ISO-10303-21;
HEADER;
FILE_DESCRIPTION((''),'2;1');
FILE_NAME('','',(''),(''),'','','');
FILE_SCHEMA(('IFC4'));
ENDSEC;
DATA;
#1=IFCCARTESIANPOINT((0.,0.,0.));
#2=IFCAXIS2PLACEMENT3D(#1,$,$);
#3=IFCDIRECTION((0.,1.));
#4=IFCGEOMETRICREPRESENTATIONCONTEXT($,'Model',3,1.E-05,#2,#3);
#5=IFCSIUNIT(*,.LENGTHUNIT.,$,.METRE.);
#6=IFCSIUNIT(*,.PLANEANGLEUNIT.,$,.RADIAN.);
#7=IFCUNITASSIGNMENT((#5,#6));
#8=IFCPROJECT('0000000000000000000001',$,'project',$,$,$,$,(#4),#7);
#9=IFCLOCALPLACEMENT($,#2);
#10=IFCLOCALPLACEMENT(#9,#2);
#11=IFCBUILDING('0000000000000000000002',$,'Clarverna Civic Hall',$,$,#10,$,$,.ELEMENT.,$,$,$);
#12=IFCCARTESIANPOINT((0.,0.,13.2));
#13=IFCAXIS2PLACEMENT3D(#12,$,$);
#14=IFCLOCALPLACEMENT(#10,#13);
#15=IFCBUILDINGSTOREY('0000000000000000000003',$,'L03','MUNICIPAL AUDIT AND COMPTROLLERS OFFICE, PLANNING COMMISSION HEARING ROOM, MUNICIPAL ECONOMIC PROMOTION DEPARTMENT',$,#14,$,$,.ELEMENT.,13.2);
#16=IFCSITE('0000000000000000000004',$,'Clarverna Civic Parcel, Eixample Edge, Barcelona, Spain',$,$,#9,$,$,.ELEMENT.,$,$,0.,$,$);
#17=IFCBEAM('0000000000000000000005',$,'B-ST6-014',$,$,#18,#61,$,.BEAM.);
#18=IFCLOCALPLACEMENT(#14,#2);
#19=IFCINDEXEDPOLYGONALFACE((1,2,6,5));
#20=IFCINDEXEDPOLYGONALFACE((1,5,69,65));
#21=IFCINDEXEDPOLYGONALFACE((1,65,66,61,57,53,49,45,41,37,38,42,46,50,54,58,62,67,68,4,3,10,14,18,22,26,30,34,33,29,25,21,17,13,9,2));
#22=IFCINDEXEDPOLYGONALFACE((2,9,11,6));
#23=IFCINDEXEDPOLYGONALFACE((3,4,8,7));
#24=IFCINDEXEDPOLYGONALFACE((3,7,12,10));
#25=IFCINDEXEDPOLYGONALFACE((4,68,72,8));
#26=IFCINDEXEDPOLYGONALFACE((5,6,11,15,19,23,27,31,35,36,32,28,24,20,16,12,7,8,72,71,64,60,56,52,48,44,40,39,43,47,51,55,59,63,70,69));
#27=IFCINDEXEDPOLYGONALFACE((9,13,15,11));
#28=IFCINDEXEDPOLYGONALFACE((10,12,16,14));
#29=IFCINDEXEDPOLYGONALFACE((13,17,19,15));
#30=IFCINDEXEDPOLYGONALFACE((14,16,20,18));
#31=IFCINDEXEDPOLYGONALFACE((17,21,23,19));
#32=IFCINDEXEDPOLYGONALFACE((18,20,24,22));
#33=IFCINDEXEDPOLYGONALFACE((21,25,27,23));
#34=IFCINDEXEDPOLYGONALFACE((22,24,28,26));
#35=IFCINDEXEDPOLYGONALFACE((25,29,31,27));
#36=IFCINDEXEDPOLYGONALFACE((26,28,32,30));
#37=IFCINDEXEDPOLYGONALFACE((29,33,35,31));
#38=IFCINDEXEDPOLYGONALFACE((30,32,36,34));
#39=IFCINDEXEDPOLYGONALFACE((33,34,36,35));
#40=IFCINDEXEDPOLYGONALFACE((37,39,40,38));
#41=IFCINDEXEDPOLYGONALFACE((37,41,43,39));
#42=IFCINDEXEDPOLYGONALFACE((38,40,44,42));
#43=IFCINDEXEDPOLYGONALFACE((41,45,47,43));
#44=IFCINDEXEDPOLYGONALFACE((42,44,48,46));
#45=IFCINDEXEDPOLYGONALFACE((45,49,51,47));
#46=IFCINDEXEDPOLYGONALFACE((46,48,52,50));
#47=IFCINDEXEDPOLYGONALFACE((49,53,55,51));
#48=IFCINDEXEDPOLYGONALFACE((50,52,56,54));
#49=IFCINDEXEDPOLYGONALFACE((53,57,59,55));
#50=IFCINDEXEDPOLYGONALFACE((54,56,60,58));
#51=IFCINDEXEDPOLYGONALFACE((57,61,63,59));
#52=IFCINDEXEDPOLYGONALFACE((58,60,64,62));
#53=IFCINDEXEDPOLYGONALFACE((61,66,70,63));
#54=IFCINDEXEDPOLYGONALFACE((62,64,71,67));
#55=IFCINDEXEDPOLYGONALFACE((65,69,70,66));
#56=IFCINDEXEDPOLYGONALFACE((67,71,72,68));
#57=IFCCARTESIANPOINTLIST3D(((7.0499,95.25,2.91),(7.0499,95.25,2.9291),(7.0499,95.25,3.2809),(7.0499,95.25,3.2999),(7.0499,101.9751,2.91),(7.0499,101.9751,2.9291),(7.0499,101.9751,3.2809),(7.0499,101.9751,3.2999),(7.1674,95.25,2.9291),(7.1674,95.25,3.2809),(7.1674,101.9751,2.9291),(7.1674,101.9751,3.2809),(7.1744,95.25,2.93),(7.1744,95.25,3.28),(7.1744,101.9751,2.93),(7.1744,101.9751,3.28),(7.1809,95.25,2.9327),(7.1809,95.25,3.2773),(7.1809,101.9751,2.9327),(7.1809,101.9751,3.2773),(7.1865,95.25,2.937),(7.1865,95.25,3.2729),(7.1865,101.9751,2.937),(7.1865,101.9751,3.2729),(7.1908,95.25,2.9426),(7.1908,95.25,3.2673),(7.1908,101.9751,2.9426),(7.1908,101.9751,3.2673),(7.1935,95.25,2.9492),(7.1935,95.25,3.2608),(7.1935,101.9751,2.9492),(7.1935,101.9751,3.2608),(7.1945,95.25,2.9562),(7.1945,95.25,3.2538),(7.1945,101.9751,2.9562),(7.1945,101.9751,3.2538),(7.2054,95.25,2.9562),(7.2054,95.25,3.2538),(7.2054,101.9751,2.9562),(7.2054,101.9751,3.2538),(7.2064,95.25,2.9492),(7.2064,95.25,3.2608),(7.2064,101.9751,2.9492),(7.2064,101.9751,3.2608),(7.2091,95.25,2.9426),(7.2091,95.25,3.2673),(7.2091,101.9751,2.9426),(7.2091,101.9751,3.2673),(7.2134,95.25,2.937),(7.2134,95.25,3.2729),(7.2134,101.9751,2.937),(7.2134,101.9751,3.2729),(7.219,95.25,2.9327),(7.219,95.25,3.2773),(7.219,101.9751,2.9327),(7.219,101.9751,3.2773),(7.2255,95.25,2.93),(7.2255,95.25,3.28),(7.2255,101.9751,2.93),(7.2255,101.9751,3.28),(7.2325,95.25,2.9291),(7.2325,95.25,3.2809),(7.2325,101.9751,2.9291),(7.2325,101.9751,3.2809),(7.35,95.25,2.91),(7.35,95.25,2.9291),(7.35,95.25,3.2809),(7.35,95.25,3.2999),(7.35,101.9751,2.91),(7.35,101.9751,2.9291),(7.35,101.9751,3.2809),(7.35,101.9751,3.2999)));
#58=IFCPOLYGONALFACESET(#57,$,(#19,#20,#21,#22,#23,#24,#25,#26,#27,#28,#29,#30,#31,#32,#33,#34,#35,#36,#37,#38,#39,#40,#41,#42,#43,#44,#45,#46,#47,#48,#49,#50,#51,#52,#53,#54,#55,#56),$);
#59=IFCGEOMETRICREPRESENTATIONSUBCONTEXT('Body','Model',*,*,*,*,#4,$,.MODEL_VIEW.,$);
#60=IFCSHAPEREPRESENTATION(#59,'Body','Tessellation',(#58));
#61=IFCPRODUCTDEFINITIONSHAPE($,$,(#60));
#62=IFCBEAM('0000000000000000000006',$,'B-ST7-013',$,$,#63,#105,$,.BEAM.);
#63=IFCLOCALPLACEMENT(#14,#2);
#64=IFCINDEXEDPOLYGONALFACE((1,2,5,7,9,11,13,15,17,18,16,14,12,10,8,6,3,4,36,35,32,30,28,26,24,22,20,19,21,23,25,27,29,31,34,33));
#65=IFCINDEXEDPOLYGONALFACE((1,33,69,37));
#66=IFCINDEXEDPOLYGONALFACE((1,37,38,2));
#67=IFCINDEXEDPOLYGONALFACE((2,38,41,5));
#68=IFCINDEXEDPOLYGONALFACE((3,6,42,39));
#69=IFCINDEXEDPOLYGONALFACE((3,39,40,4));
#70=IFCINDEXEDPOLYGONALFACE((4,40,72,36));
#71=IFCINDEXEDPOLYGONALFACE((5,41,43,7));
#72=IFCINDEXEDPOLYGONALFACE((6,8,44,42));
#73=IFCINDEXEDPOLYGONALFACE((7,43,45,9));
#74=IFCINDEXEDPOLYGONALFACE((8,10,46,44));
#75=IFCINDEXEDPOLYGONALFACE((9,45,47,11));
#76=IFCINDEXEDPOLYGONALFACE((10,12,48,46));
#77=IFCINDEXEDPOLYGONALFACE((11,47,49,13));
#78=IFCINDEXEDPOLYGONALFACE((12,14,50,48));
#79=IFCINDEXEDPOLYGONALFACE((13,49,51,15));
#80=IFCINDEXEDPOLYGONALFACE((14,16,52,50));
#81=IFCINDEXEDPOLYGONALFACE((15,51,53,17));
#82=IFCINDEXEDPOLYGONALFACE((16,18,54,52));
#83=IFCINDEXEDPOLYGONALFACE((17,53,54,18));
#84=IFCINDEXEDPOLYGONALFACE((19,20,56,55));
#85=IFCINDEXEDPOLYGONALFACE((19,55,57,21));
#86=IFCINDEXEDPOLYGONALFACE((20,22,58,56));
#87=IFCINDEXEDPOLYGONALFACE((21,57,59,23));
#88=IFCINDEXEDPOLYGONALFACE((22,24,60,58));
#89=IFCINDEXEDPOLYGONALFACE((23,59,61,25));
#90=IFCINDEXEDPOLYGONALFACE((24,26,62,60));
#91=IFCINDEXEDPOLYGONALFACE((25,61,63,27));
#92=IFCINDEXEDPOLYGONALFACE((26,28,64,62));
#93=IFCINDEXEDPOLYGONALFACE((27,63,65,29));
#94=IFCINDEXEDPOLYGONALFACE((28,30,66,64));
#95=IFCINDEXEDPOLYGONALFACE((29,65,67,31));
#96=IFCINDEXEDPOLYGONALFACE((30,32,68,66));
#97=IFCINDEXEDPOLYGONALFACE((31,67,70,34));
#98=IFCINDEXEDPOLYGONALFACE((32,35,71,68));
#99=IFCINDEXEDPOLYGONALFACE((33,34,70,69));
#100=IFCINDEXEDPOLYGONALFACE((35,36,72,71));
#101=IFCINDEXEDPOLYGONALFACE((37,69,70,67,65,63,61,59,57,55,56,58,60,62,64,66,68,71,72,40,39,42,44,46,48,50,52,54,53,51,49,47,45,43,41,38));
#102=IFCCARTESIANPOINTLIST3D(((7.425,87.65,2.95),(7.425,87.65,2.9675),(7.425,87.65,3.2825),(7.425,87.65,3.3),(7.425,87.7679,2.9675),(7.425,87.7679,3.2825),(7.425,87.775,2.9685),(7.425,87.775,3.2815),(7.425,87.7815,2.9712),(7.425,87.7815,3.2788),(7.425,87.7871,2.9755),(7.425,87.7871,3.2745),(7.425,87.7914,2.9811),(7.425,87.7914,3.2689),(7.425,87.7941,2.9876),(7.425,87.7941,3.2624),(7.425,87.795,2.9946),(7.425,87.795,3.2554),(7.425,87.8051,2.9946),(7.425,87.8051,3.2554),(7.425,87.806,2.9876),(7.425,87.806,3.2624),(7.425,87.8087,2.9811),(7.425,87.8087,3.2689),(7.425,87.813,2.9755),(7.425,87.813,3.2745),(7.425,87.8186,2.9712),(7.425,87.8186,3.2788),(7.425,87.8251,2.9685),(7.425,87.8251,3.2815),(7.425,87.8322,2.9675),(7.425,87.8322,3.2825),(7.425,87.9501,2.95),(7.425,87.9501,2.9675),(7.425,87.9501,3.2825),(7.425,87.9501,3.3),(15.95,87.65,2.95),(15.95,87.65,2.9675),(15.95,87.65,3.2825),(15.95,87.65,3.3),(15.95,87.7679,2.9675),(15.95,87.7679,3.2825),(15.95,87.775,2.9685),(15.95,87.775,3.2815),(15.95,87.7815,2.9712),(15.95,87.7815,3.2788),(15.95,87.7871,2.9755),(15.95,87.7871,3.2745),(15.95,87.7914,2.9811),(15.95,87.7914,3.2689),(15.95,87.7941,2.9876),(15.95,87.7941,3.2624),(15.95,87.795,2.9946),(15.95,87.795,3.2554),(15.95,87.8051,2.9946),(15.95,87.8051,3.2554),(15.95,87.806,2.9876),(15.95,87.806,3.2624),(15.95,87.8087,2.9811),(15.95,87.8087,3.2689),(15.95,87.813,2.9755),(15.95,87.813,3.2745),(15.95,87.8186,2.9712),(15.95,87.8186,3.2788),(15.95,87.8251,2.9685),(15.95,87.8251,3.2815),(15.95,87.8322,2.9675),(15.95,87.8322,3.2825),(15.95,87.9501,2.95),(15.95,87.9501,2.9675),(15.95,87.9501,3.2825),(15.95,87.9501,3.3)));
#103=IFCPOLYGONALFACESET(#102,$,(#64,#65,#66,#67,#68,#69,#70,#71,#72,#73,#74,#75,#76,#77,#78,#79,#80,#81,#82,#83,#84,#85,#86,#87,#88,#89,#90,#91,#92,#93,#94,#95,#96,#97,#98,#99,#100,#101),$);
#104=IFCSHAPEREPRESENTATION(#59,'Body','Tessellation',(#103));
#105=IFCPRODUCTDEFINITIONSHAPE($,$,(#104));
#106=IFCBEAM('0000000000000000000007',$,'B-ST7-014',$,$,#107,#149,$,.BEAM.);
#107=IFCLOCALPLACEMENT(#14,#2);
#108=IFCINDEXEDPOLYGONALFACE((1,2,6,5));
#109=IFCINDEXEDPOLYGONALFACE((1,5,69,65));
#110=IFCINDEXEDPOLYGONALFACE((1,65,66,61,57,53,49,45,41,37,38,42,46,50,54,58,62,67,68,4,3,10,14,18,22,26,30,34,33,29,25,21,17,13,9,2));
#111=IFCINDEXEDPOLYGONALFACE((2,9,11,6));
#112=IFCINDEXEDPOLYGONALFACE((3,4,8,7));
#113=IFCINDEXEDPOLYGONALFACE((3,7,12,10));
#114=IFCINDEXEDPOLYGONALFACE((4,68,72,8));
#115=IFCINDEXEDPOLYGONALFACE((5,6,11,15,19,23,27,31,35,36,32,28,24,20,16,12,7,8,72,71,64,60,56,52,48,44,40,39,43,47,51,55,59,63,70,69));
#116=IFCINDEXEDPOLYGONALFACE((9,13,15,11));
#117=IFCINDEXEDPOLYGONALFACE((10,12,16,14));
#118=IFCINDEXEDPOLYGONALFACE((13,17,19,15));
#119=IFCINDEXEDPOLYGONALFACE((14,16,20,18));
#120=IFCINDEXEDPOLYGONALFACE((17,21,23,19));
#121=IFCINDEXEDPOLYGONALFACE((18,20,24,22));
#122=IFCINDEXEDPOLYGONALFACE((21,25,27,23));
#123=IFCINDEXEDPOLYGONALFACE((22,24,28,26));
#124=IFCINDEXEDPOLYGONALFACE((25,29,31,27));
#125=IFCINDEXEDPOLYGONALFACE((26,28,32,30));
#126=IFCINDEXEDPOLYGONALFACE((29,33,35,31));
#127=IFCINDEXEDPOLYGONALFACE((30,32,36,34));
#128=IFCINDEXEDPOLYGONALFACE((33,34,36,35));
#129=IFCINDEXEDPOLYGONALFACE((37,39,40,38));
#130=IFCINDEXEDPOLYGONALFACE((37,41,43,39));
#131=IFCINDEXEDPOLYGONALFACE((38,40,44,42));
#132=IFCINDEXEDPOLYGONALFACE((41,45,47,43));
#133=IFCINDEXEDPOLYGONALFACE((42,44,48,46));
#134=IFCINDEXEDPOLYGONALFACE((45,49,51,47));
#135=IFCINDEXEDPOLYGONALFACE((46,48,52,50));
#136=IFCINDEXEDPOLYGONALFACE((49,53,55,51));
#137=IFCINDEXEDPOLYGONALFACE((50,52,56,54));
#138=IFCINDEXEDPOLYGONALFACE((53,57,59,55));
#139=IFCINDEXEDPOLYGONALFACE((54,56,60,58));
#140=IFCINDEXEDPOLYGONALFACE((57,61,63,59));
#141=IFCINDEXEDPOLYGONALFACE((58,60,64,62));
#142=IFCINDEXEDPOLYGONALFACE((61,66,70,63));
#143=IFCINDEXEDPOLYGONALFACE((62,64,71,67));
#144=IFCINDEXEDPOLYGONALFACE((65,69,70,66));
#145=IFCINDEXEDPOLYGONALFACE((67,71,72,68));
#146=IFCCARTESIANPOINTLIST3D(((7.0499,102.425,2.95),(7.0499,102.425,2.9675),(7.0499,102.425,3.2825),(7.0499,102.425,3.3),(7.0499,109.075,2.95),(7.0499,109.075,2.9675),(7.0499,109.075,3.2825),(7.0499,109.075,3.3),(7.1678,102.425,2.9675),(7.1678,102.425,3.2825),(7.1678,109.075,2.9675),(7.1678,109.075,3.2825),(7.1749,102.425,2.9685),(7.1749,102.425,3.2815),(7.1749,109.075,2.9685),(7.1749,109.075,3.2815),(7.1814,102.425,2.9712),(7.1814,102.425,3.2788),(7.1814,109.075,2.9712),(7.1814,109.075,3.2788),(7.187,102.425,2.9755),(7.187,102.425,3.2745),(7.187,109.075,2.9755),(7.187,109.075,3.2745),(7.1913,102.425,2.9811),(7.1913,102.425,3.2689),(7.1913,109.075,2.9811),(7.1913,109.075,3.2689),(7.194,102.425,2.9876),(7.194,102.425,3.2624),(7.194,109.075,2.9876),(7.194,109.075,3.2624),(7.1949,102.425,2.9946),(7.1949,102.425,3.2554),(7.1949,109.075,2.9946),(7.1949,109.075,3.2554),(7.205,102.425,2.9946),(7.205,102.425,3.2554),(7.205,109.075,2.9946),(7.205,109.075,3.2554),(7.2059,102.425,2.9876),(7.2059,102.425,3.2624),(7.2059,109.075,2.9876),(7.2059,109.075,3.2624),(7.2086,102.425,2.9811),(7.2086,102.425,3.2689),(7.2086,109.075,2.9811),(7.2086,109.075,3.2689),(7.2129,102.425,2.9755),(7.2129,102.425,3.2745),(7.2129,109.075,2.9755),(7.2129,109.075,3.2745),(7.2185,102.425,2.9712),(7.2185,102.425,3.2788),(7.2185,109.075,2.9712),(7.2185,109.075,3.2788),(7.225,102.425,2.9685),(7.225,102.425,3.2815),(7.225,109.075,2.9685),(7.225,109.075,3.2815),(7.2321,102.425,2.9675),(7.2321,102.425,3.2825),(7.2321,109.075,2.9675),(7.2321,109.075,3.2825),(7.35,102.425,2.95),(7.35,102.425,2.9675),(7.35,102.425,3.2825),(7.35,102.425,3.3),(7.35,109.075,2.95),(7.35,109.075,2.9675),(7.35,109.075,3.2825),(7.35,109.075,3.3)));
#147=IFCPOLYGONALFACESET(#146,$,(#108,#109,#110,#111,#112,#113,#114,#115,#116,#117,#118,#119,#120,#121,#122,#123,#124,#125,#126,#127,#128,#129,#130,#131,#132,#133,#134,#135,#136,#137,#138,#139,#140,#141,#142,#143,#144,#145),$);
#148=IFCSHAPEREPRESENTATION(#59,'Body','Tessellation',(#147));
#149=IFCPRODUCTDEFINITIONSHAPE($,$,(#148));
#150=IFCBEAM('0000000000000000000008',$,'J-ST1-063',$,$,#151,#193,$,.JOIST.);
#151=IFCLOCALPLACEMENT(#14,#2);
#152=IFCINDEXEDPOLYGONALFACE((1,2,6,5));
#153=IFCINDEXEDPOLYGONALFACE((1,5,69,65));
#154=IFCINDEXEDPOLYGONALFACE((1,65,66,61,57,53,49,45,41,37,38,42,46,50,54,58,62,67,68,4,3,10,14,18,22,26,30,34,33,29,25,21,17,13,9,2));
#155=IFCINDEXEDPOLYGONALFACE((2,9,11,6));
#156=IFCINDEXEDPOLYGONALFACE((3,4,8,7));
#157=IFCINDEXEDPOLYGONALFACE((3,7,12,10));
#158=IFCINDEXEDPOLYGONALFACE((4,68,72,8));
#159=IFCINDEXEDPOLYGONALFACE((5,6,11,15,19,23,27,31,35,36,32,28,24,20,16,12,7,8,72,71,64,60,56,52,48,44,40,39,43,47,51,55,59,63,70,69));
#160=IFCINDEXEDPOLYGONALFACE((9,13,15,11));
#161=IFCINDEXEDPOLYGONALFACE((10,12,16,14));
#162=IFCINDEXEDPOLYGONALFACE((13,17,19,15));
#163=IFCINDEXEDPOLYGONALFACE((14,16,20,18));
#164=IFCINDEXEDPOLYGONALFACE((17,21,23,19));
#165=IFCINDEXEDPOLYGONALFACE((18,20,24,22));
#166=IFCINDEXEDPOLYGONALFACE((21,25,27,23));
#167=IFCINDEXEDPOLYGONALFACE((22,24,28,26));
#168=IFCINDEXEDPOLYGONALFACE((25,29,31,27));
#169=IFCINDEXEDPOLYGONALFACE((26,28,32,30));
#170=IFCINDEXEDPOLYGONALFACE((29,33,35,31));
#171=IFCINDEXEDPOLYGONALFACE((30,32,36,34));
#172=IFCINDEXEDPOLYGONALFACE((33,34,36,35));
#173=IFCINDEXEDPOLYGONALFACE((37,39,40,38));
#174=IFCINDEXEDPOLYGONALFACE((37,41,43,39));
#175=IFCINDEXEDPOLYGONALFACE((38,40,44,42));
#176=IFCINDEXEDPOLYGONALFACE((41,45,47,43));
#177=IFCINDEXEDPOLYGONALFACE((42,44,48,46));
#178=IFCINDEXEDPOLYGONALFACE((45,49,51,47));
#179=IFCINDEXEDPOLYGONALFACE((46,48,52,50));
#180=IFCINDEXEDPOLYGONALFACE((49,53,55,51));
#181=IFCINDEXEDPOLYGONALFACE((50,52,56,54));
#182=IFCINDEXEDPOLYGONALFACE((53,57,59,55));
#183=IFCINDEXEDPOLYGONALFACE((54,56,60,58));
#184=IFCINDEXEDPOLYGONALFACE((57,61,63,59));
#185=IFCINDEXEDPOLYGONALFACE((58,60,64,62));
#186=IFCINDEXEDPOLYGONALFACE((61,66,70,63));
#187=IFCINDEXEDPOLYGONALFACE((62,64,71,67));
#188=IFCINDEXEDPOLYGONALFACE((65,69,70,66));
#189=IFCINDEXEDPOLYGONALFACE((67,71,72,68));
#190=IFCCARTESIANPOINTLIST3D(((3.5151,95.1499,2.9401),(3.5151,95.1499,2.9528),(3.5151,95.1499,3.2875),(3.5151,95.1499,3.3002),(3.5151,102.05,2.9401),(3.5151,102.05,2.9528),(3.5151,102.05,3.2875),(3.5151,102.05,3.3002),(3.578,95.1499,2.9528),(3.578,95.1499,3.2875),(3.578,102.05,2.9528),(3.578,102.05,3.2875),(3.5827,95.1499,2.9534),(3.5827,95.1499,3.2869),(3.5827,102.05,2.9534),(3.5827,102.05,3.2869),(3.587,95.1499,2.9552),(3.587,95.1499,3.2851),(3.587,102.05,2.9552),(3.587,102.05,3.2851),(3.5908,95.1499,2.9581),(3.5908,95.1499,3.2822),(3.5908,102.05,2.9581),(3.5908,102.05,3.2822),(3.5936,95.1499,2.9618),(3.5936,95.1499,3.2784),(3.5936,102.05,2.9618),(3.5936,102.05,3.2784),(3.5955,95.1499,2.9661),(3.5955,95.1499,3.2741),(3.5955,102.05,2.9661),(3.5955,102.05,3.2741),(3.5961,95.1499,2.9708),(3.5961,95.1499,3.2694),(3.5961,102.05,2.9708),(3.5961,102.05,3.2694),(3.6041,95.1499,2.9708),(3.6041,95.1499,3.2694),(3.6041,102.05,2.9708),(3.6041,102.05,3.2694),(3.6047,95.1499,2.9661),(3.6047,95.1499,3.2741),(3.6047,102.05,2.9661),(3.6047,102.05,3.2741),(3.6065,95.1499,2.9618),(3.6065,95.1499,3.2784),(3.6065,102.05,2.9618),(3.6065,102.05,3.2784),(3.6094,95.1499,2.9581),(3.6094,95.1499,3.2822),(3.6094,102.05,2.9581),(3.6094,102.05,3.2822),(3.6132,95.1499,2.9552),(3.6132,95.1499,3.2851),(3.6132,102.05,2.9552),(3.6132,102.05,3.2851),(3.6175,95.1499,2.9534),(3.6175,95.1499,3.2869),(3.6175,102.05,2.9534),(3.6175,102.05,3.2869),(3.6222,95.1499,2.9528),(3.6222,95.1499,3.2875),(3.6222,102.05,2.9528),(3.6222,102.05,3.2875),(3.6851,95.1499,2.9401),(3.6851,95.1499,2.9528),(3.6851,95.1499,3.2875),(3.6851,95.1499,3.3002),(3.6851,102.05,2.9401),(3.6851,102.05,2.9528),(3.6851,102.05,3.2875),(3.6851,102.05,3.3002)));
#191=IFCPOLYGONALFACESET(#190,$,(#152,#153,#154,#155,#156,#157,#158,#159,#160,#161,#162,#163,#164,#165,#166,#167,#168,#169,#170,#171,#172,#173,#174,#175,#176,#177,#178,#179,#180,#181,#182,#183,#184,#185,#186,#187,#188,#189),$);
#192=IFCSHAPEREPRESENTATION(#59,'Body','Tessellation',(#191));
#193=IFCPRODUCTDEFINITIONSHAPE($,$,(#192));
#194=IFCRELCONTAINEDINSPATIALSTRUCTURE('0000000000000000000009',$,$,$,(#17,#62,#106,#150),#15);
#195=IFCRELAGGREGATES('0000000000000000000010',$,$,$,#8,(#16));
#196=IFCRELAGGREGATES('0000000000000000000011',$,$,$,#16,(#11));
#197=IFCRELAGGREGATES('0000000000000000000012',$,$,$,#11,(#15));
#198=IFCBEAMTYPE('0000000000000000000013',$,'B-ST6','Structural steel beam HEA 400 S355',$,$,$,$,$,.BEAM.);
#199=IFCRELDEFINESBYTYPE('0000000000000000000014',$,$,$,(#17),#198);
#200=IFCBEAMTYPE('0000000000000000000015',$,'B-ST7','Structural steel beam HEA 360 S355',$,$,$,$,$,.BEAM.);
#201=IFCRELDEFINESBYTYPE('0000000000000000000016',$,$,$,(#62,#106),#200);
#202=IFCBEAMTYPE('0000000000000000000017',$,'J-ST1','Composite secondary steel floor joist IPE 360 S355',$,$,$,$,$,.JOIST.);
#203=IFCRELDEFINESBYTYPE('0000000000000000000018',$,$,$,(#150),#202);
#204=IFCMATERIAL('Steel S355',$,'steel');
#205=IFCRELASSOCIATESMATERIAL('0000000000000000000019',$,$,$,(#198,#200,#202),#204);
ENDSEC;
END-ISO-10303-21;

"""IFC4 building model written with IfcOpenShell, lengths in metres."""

from ifc_helpers import new_model, si_unit, direction, frame, origin, origin_2d, place, context, subcontext, project, spatial, i_section, extrude, material, material_profile, profile_set, type_object, element, save


model = new_model("IFC4")

# Units and contexts
model_context = context("Model", 3, precision=1e-05, world=origin(), true_north=direction((0.0, 1.0)))
body_context = subcontext(model_context, "Body", "Model", "MODEL_VIEW")
ifc_project = project(units=[si_unit("LENGTHUNIT", "METRE"), si_unit("PLANEANGLEUNIT", "RADIAN")], contexts=[model_context])

# Site, building, storey
site_placement = place(None, origin())
site = spatial("IfcSite", under=ifc_project, at=site_placement, Name="Clarverna Civic Parcel, Eixample Edge, Barcelona, Spain", CompositionType="ELEMENT", RefElevation=0.0)
building_placement = place(site_placement, origin())
building = spatial("IfcBuilding", under=site, at=building_placement, Name="Clarverna Civic Hall", CompositionType="ELEMENT")
storey_placement = place(building_placement, frame((0.0, 0.0, 13.2)))
storey = spatial("IfcBuildingStorey", under=building, at=storey_placement, Name="L03", Description="MUNICIPAL AUDIT AND COMPTROLLERS OFFICE, PLANNING COMMISSION HEARING ROOM, MUNICIPAL ECONOMIC PROMOTION DEPARTMENT", CompositionType="ELEMENT", Elevation=13.2)

# Beams
ifc_material_1 = material(Name="Steel S355", Category="steel")
ifc_material_profile_1 = material_profile(ifc_material_1, i_section(OverallWidth=0.3, OverallDepth=0.3899, WebThickness=0.011, FlangeThickness=0.019, FilletRadius=0.0271, at=origin_2d()), Name="HEA 400")
ifc_profile_set_1 = profile_set([ifc_material_profile_1], Name="Steel S355")
beam_type_1 = type_object("IfcBeamType", Name="B-ST6", Description="Structural steel beam HEA 400 S355", PredefinedType="BEAM", material=ifc_profile_set_1)
beam_1_placement = place(storey_placement, frame((7.2, 95.25, 3.105), z_axis=(0.0, 1.0, 0.0), x_axis=(-1.0, 0.0, 0.0)))
element("IfcBeam", 1, at=beam_1_placement, inside=storey, type_object=beam_type_1, Name="B-ST6-014", PredefinedType="BEAM", context=body_context, shape_type="SweptSolid", body=[
    extrude(i_section(OverallWidth=0.3, OverallDepth=0.3899, WebThickness=0.011, FlangeThickness=0.019, FilletRadius=0.0271, at=origin_2d()), origin(), (0.0, 0.0, 1.0), 6.7251),
])
ifc_material_profile_2 = material_profile(ifc_material_1, i_section(OverallWidth=0.3, OverallDepth=0.3501, WebThickness=0.01, FlangeThickness=0.0176, FilletRadius=0.0271, at=origin_2d()), Name="HEA 360")
ifc_profile_set_2 = profile_set([ifc_material_profile_2], Name="Steel S355")
beam_type_2 = type_object("IfcBeamType", Name="B-ST7", Description="Structural steel beam HEA 360 S355", PredefinedType="BEAM", material=ifc_profile_set_2)
beam_2_placement = place(storey_placement, frame((7.425, 87.8, 3.125), z_axis=(1.0, 0.0, 0.0), x_axis=(0.0, 1.0, 0.0)))
element("IfcBeam", 2, at=beam_2_placement, inside=storey, type_object=beam_type_2, Name="B-ST7-013", PredefinedType="BEAM", context=body_context, shape_type="SweptSolid", body=[
    extrude(i_section(OverallWidth=0.3, OverallDepth=0.3501, WebThickness=0.01, FlangeThickness=0.0176, FilletRadius=0.0271, at=origin_2d()), origin(), (0.0, 0.0, 1.0), 8.5249),
])
beam_3_placement = place(storey_placement, frame((7.2, 102.425, 3.125), z_axis=(0.0, 1.0, 0.0), x_axis=(-1.0, 0.0, 0.0)))
element("IfcBeam", 3, at=beam_3_placement, inside=storey, type_object=beam_type_2, Name="B-ST7-014", PredefinedType="BEAM", context=body_context, shape_type="SweptSolid", body=[
    extrude(i_section(OverallWidth=0.3, OverallDepth=0.3501, WebThickness=0.01, FlangeThickness=0.0176, FilletRadius=0.0271, at=origin_2d()), origin(), (0.0, 0.0, 1.0), 6.6499),
])
ifc_material_profile_3 = material_profile(ifc_material_1, i_section(OverallWidth=0.1699, OverallDepth=0.3601, WebThickness=0.0081, FlangeThickness=0.0127, FilletRadius=0.0181, at=origin_2d()), Name="IPE 360")
ifc_profile_set_3 = profile_set([ifc_material_profile_3], Name="Steel S355")
beam_type_3 = type_object("IfcBeamType", Name="J-ST1", Description="Composite secondary steel floor joist IPE 360 S355", PredefinedType="JOIST", material=ifc_profile_set_3)
beam_4_placement = place(storey_placement, frame((3.6001, 95.1499, 3.1201), z_axis=(0.0, 1.0, 0.0), x_axis=(-1.0, 0.0, 0.0)))
element("IfcBeam", 4, at=beam_4_placement, inside=storey, type_object=beam_type_3, Name="J-ST1-063", PredefinedType="JOIST", context=body_context, shape_type="SweptSolid", body=[
    extrude(i_section(OverallWidth=0.1699, OverallDepth=0.3601, WebThickness=0.0081, FlangeThickness=0.0127, FilletRadius=0.0181, at=origin_2d()), origin(), (0.0, 0.0, 1.0), 6.9001),
])

save(model, "model.ifc")
